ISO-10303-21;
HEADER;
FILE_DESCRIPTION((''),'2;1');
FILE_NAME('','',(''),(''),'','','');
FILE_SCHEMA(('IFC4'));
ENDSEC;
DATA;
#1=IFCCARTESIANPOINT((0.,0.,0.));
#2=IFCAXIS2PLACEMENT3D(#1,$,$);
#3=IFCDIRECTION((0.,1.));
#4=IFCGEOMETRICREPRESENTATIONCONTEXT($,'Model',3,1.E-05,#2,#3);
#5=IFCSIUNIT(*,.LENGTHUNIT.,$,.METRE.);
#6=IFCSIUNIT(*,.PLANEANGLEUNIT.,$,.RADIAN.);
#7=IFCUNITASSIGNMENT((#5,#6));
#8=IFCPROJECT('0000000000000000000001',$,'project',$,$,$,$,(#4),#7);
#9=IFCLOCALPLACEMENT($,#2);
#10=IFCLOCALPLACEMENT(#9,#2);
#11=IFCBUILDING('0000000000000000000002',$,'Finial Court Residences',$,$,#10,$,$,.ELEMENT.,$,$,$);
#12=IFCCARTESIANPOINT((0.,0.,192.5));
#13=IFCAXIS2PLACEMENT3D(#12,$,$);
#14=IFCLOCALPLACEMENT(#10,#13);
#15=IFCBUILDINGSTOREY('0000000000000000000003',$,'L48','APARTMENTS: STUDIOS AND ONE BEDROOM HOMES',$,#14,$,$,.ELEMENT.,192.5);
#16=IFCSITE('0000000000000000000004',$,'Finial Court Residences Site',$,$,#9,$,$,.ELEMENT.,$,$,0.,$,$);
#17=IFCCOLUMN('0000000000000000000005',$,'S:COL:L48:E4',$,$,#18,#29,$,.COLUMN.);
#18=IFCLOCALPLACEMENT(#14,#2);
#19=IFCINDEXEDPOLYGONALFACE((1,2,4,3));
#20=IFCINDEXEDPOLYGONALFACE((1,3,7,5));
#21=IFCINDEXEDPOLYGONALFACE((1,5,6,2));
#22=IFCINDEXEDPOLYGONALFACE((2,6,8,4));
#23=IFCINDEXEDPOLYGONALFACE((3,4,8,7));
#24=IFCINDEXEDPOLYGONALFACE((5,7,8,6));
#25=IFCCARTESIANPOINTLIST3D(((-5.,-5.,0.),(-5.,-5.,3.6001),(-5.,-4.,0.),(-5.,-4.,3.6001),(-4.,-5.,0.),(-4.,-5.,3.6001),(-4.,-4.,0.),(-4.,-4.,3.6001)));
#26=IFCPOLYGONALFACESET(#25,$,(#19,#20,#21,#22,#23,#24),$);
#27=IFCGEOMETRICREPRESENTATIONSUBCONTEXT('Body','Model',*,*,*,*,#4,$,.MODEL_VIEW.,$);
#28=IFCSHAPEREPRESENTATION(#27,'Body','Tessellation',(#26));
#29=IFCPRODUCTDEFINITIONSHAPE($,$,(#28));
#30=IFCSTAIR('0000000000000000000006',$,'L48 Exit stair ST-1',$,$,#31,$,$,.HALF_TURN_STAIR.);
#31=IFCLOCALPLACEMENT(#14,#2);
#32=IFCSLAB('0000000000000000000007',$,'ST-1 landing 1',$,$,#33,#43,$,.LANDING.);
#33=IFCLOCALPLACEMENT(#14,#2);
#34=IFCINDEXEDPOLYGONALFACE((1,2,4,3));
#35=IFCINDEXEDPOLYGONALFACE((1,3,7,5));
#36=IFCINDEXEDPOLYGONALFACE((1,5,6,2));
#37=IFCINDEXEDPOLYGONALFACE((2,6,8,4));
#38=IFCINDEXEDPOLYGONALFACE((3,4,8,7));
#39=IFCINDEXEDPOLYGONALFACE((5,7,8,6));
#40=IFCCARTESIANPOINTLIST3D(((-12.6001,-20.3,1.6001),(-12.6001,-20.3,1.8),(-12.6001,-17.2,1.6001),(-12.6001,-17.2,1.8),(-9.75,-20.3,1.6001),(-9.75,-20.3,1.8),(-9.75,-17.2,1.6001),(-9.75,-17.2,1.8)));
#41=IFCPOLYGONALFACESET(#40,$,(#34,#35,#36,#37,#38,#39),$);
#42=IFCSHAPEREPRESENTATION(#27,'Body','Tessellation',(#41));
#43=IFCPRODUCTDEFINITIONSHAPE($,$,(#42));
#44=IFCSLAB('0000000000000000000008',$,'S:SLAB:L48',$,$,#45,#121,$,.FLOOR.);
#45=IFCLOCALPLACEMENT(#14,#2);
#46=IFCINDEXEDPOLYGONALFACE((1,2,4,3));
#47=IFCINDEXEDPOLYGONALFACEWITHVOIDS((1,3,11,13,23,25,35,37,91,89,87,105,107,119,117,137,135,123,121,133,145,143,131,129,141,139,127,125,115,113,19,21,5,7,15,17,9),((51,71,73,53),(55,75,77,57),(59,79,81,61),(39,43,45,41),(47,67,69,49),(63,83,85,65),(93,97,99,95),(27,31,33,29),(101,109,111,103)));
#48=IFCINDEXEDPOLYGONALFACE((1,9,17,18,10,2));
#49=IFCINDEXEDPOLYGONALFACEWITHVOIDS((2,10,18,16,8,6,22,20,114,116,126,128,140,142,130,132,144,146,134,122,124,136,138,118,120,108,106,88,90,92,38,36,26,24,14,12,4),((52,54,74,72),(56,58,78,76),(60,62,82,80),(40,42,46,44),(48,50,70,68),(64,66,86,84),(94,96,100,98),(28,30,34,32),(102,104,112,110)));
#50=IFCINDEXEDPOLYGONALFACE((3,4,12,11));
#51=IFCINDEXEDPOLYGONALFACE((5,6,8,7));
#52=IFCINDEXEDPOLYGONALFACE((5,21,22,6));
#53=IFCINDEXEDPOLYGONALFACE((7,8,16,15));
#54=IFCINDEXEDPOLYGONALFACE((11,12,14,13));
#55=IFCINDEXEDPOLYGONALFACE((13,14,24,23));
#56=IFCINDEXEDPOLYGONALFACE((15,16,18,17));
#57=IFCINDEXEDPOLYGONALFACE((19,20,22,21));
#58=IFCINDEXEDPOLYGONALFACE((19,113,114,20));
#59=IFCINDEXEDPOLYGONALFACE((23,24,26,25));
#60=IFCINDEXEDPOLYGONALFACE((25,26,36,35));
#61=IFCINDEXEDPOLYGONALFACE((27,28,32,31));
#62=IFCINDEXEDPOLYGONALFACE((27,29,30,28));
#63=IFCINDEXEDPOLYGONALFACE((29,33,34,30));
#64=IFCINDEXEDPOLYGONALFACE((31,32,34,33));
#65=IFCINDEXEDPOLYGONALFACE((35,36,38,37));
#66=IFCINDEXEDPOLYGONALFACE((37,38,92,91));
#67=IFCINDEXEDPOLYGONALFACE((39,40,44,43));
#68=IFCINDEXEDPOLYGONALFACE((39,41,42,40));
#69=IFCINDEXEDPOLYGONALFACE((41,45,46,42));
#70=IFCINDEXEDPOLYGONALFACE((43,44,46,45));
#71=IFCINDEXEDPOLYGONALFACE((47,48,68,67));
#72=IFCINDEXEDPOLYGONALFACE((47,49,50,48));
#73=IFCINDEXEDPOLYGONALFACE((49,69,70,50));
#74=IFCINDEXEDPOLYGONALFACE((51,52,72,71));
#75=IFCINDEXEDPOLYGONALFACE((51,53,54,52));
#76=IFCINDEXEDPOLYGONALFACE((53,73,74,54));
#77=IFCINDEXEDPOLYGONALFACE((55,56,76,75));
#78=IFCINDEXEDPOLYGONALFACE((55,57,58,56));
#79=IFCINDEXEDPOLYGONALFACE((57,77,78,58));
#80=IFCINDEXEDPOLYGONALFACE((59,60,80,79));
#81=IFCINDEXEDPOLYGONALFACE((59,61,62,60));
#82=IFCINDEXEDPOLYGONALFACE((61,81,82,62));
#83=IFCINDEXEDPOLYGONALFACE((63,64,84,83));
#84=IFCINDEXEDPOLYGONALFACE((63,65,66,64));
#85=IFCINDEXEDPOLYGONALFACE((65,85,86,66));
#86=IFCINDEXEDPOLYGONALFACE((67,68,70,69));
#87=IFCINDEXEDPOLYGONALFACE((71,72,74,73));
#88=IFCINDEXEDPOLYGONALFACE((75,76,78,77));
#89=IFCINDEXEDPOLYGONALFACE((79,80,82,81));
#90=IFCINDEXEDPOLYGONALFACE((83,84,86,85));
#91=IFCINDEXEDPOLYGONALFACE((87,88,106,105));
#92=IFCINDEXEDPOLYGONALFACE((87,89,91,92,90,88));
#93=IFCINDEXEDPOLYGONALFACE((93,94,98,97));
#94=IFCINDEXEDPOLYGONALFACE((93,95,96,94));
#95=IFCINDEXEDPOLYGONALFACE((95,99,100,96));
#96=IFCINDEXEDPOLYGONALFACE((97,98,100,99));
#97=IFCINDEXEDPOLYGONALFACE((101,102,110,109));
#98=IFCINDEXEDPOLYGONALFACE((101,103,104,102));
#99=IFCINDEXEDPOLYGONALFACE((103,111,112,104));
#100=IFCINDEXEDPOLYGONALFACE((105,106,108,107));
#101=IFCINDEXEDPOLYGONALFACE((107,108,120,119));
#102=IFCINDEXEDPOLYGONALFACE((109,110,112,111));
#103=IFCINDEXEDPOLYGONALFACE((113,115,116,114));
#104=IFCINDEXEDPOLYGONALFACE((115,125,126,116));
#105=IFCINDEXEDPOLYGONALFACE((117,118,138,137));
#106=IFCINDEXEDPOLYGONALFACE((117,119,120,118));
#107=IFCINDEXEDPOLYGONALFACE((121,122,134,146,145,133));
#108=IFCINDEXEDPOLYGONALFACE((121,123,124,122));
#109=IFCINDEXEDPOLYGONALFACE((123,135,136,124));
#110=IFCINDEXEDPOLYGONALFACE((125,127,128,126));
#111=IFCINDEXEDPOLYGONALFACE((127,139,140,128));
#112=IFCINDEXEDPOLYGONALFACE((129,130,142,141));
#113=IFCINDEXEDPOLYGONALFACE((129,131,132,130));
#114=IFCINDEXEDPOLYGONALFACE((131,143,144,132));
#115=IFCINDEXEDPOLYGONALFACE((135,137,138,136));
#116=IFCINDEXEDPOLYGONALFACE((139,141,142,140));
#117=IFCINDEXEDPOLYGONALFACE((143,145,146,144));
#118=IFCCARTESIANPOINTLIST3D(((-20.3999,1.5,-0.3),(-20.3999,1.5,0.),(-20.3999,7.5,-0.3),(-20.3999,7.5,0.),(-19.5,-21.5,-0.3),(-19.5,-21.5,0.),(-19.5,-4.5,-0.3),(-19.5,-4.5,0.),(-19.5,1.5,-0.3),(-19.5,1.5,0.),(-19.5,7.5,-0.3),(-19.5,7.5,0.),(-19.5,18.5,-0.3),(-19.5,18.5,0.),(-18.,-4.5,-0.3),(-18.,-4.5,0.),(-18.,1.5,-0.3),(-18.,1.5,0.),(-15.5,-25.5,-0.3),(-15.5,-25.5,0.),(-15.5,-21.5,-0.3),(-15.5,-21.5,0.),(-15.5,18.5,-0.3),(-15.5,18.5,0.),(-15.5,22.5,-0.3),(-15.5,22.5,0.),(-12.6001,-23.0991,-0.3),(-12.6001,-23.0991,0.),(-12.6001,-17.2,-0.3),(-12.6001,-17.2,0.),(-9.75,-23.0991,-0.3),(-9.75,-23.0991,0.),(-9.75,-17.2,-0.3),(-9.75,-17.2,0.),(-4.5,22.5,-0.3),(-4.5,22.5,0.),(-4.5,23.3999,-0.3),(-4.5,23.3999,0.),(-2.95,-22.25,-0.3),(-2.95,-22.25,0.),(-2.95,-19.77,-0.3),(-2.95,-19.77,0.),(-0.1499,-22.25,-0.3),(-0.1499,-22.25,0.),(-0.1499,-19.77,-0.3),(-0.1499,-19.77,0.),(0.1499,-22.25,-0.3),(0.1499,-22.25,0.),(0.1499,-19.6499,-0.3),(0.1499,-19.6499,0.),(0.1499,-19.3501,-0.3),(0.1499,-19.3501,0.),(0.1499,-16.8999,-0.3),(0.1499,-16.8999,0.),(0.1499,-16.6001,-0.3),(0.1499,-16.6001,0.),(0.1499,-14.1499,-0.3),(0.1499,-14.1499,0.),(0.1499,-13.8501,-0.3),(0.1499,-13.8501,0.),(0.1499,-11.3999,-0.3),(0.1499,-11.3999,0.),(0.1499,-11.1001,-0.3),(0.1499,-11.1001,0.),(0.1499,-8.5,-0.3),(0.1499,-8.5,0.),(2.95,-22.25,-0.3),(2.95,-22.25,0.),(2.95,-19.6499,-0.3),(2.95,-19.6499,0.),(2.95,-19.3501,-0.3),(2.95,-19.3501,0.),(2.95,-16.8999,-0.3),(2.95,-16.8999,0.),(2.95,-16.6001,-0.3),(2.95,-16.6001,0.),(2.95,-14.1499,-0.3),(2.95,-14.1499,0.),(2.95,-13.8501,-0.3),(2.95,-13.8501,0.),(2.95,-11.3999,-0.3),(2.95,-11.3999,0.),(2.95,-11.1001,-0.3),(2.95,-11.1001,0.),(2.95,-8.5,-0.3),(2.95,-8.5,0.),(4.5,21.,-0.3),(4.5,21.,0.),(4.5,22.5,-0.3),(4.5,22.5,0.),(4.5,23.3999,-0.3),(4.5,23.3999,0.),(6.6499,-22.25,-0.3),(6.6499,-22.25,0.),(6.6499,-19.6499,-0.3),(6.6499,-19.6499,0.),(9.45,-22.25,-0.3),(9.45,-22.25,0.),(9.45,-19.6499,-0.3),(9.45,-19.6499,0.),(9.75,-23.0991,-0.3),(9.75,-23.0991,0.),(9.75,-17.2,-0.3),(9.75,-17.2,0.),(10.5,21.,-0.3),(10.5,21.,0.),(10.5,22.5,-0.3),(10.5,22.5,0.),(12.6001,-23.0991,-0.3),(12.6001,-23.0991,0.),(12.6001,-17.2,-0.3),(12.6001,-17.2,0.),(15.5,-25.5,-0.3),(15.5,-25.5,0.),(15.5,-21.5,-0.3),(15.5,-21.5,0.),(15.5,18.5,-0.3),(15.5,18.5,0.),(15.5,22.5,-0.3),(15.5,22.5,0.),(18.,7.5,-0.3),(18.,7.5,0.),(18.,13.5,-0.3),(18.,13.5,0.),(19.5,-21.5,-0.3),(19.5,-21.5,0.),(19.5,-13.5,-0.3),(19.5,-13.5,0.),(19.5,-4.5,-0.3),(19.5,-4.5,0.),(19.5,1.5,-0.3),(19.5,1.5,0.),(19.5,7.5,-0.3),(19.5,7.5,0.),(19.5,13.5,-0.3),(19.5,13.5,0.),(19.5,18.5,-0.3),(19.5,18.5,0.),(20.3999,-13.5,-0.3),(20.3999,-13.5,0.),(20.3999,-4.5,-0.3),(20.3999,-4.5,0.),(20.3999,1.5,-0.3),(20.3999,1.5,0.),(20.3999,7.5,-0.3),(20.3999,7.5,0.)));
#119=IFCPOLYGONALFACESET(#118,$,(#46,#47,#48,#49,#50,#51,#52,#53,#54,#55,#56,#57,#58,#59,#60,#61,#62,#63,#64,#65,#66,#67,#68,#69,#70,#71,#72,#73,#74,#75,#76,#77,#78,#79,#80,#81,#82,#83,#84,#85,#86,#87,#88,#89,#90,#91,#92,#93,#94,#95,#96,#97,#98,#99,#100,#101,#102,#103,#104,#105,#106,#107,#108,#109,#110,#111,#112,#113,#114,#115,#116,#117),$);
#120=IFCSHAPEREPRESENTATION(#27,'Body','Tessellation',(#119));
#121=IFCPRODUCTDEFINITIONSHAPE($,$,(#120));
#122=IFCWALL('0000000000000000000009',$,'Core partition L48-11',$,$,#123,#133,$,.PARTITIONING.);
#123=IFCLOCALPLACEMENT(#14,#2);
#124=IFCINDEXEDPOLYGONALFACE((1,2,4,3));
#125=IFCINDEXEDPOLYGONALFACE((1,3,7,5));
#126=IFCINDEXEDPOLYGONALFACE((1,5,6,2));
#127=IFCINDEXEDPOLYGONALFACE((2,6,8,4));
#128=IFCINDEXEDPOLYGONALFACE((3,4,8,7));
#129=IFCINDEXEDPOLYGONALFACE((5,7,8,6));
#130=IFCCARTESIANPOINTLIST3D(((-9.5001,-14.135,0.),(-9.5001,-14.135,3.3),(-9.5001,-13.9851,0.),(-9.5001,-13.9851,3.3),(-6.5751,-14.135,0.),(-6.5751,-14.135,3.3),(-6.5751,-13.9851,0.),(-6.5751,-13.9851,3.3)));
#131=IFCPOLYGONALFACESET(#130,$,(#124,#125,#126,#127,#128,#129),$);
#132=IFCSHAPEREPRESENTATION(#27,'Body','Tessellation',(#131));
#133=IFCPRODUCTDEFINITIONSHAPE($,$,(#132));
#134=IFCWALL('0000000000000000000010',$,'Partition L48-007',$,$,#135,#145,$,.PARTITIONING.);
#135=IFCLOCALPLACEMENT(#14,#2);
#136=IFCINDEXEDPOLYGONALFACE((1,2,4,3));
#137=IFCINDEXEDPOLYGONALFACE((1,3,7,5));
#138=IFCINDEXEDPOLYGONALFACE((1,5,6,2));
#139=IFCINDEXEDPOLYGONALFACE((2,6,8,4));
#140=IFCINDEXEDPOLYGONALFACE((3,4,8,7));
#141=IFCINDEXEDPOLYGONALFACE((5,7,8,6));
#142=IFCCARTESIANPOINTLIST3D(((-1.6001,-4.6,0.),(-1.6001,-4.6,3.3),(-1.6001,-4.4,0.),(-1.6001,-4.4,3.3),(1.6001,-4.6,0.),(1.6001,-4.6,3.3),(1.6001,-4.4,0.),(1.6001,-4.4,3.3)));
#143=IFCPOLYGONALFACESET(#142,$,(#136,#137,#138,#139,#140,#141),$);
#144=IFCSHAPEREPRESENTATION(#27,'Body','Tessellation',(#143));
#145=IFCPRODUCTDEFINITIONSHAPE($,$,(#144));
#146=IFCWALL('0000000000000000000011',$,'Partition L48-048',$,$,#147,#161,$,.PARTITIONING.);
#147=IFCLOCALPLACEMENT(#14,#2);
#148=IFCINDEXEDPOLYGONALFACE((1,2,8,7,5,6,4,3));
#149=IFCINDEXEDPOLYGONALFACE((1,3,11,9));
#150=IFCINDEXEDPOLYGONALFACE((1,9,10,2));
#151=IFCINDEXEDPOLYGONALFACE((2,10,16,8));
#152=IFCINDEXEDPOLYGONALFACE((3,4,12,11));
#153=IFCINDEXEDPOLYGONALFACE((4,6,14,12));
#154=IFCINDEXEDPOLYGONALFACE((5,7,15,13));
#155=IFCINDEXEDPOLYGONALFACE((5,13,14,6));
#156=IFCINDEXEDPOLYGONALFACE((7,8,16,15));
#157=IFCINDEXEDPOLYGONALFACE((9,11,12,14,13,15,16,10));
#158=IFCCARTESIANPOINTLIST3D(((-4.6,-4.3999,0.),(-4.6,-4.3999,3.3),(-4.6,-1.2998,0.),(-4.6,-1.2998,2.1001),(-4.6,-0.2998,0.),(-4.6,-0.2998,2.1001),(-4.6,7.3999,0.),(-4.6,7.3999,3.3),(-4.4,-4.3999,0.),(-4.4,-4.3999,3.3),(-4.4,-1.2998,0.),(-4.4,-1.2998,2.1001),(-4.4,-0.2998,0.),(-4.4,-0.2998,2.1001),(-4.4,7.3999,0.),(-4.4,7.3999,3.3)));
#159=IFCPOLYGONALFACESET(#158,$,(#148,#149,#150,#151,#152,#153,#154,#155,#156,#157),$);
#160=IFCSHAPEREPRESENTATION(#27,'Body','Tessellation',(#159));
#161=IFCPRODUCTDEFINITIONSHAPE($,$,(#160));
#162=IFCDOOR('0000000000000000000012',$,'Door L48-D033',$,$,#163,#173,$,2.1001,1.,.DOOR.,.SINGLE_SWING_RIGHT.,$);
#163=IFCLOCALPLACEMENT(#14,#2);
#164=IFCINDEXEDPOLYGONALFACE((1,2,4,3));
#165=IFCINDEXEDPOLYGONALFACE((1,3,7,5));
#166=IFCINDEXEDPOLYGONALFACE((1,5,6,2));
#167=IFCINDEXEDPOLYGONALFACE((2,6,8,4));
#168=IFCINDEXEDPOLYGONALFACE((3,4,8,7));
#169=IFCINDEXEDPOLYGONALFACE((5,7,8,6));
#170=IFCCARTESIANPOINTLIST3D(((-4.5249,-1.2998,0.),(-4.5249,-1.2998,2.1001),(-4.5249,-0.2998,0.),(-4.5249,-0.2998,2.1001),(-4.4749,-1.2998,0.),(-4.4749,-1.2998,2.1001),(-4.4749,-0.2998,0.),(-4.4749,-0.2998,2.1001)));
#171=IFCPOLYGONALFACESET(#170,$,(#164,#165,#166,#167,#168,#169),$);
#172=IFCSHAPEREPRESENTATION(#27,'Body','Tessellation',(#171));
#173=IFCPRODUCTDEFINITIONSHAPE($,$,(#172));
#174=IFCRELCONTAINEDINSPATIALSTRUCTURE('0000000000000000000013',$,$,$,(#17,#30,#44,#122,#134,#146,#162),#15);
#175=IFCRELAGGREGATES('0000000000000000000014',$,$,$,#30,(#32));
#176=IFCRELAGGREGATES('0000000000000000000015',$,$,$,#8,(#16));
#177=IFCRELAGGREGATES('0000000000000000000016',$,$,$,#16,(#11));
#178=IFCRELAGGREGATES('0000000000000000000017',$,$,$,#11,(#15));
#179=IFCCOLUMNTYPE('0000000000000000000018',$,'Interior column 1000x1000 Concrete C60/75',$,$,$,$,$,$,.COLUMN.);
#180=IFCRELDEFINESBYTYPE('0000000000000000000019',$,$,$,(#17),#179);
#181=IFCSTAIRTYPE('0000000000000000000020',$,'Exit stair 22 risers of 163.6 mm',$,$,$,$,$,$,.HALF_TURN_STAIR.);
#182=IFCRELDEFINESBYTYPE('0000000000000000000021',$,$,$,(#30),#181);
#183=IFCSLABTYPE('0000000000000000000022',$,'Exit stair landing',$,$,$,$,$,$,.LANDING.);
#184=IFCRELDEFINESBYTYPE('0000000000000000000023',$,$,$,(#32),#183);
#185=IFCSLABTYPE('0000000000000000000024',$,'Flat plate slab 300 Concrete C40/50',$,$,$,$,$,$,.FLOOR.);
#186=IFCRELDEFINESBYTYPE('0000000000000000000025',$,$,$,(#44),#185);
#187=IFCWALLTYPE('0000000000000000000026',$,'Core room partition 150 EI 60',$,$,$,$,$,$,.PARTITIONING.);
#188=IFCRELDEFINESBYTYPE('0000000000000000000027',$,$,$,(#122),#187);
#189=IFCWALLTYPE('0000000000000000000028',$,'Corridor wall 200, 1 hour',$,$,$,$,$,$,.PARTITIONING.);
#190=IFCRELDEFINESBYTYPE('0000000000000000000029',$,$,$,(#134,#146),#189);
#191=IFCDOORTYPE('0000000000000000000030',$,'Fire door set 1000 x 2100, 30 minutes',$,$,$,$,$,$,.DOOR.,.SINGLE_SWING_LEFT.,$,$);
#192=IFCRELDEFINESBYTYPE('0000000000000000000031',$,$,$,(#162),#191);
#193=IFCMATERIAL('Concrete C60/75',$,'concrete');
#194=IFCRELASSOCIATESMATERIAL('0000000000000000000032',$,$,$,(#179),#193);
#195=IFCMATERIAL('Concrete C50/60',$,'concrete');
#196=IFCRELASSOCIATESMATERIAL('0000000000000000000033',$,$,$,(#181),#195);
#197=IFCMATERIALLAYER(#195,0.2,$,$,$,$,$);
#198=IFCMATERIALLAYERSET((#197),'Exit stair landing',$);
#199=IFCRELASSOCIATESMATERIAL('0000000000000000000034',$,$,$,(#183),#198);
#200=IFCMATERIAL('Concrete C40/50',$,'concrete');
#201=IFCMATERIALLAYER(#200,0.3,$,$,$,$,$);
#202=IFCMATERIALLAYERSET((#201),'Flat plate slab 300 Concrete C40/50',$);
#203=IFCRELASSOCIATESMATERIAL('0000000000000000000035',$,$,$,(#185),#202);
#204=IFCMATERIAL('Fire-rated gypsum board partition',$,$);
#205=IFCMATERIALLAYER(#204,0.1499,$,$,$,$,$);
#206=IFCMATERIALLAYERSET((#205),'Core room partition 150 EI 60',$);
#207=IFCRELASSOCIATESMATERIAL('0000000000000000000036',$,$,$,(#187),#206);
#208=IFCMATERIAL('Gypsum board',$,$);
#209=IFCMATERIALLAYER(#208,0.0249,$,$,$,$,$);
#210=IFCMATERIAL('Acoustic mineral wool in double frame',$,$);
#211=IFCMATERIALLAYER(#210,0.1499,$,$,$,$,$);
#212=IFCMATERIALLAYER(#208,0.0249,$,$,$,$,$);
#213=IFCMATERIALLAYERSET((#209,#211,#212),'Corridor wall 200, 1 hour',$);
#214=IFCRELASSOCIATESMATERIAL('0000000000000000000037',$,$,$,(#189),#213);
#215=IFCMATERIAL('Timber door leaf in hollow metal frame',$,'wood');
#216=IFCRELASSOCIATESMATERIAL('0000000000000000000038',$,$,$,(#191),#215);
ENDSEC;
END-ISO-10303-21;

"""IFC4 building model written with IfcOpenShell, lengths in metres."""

from ifc_helpers import new_model, si_unit, direction, frame, frame_2d, origin, origin_2d, place, context, subcontext, project, spatial, polyline, rectangle, outline, extrude, material, layer, layer_set, material_profile, profile_set, type_object, element, fill, aggregate, save


model = new_model("IFC4")

# Units and contexts
model_context = context("Model", 3, precision=1e-05, world=origin(), true_north=direction((0.0, 1.0)))
body_context = subcontext(model_context, "Body", "Model", "MODEL_VIEW")
ifc_project = project(units=[si_unit("LENGTHUNIT", "METRE"), si_unit("PLANEANGLEUNIT", "RADIAN")], contexts=[model_context])

# Site, building, storey
site_placement = place(None, origin())
site = spatial("IfcSite", under=ifc_project, at=site_placement, Name="Finial Court Residences Site", CompositionType="ELEMENT", RefElevation=0.0)
building_placement = place(site_placement, origin())
building = spatial("IfcBuilding", under=site, at=building_placement, Name="Finial Court Residences", CompositionType="ELEMENT")
storey_placement = place(building_placement, frame((0.0, 0.0, 192.5)))
storey = spatial("IfcBuildingStorey", under=building, at=storey_placement, Name="L48", Description="APARTMENTS: STUDIOS AND ONE BEDROOM HOMES", CompositionType="ELEMENT", Elevation=192.5)

# Column
ifc_material_1 = material(Name="Concrete C60/75", Category="concrete")
ifc_material_profile = material_profile(ifc_material_1, rectangle(XDim=1.0, YDim=1.0, at=origin_2d()), Name="1000x1000")
ifc_profile_set = profile_set([ifc_material_profile], Name="Concrete C60/75")
column_type = type_object("IfcColumnType", Name="Interior column 1000x1000 Concrete C60/75", PredefinedType="COLUMN", material=ifc_profile_set)
column_placement = place(storey_placement, frame((-4.5, -4.5, 0.0), z_axis=(0.0, 0.0, 1.0), x_axis=(1.0, 0.0, 0.0)))
element("IfcColumn", 1, at=column_placement, inside=storey, type_object=column_type, Name="S:COL:L48:E4", PredefinedType="COLUMN", context=body_context, shape_type="SweptSolid", body=[
    extrude(rectangle(XDim=1.0, YDim=1.0, at=origin_2d()), origin(), (0.0, 0.0, 1.0), 3.6001),
])

# Stair, slab
ifc_material_2 = material(Name="Concrete C50/60", Category="concrete")
stair_type = type_object("IfcStairType", Name="Exit stair 22 risers of 163.6 mm", PredefinedType="HALF_TURN_STAIR", material=ifc_material_2)
stair_placement = place(storey_placement, origin())
stair = element("IfcStair", 2, at=stair_placement, inside=storey, type_object=stair_type, Name="L48 Exit stair ST-1", PredefinedType="HALF_TURN_STAIR")
ifc_layer_1 = layer(ifc_material_2, 0.2)
ifc_layer_set_1 = layer_set([ifc_layer_1], Name="Exit stair landing")
slab_type_1 = type_object("IfcSlabType", Name="Exit stair landing", PredefinedType="LANDING", material=ifc_layer_set_1)
slab_1_placement = place(storey_placement, frame((0.0, 0.0, 1.6001)))
slab_1 = element("IfcSlab", 3, at=slab_1_placement, type_object=slab_type_1, Name="ST-1 landing 1", PredefinedType="LANDING", context=body_context, shape_type="SweptSolid", body=[
    extrude(outline(polyline([(-9.75, -20.3), (-9.75, -17.2), (-12.6001, -17.2), (-12.6001, -20.3), (-9.75, -20.3)])), origin(), (0.0, 0.0, 1.0), 0.2),
])
aggregate(stair, [slab_1])

# Slab
ifc_material_3 = material(Name="Concrete C40/50", Category="concrete")
ifc_layer_2 = layer(ifc_material_3, 0.3)
ifc_layer_set_2 = layer_set([ifc_layer_2], Name="Flat plate slab 300 Concrete C40/50")
slab_type_2 = type_object("IfcSlabType", Name="Flat plate slab 300 Concrete C40/50", PredefinedType="FLOOR", material=ifc_layer_set_2)
slab_2_placement = place(storey_placement, frame((0.0, 0.0, -0.3)))
element("IfcSlab", 4, at=slab_2_placement, inside=storey, type_object=slab_type_2, Name="S:SLAB:L48", PredefinedType="FLOOR", context=body_context, shape_type="SweptSolid", body=[
    extrude(outline(polyline([(19.5, -21.5), (15.5, -21.5), (15.5, -25.5), (-15.5, -25.5), (-15.5, -21.5), (-19.5, -21.5), (-19.5, -4.5), (-18.0, -4.5), (-18.0, 1.5), (-19.5, 1.5), (-20.3999, 1.5), (-20.3999, 7.5), (-19.5, 7.5), (-19.5, 18.5), (-15.5, 18.5), (-15.5, 22.5), (-4.5, 22.5), (-4.5, 23.3999), (4.5, 23.3999), (4.5, 22.5), (4.5, 21.0), (10.5, 21.0), (10.5, 22.5), (15.5, 22.5), (15.5, 18.5), (19.5, 18.5), (19.5, 13.5), (18.0, 13.5), (18.0, 7.5), (19.5, 7.5), (20.3999, 7.5), (20.3999, 1.5), (19.5, 1.5), (19.5, -4.5), (20.3999, -4.5), (20.3999, -13.5), (19.5, -13.5), (19.5, -21.5)]), holes=[polyline([(-0.1499, -19.77), (-2.95, -19.77), (-2.95, -22.25), (-0.1499, -22.25), (-0.1499, -19.77)]), polyline([(2.95, -19.6499), (0.1499, -19.6499), (0.1499, -22.25), (2.95, -22.25), (2.95, -19.6499)]), polyline([(9.45, -19.6499), (6.6499, -19.6499), (6.6499, -22.25), (9.45, -22.25), (9.45, -19.6499)]), polyline([(-12.6001, -17.2), (-12.6001, -23.0991), (-9.75, -23.0991), (-9.75, -17.2), (-12.6001, -17.2)]), polyline([(9.75, -17.2), (9.75, -23.0991), (12.6001, -23.0991), (12.6001, -17.2), (9.75, -17.2)]), polyline([(2.95, -16.8999), (0.1499, -16.8999), (0.1499, -19.3501), (2.95, -19.3501), (2.95, -16.8999)]), polyline([(2.95, -14.1499), (0.1499, -14.1499), (0.1499, -16.6001), (2.95, -16.6001), (2.95, -14.1499)]), polyline([(2.95, -13.8501), (2.95, -11.3999), (0.1499, -11.3999), (0.1499, -13.8501), (2.95, -13.8501)]), polyline([(2.95, -11.1001), (2.95, -8.5), (0.1499, -8.5), (0.1499, -11.1001), (2.95, -11.1001)])]), origin(), (0.0, 0.0, 1.0), 0.3),
])

# Walls
ifc_material_4 = material(Name="Fire-rated gypsum board partition")
ifc_layer_3 = layer(ifc_material_4, 0.1499)
ifc_layer_set_3 = layer_set([ifc_layer_3], Name="Core room partition 150 EI 60")
wall_type_1 = type_object("IfcWallType", Name="Core room partition 150 EI 60", PredefinedType="PARTITIONING", material=ifc_layer_set_3)
wall_1_placement = place(storey_placement, frame((-9.5, -14.0601, 0.0), z_axis=(0.0, 0.0, 1.0), x_axis=(1.0, 0.0, 0.0)))
element("IfcWall", 5, at=wall_1_placement, inside=storey, type_object=wall_type_1, Name="Core partition L48-11", PredefinedType="PARTITIONING", context=body_context, shape_type="SweptSolid", body=[
    extrude(rectangle(XDim=2.925, YDim=0.1499, at=frame_2d((1.4624, 0.0))), origin(), (0.0, 0.0, 1.0), 3.3),
])
ifc_material_5 = material(Name="Gypsum board")
ifc_layer_4 = layer(ifc_material_5, 0.0249)
ifc_material_6 = material(Name="Acoustic mineral wool in double frame")
ifc_layer_5 = layer(ifc_material_6, 0.1499)
ifc_layer_6 = layer(ifc_material_5, 0.0249)
ifc_layer_set_4 = layer_set([ifc_layer_4, ifc_layer_5, ifc_layer_6], Name="Corridor wall 200, 1 hour")
wall_type_2 = type_object("IfcWallType", Name="Corridor wall 200, 1 hour", PredefinedType="PARTITIONING", material=ifc_layer_set_4)
wall_2_placement = place(storey_placement, frame((-1.6001, -4.5, 0.0), z_axis=(0.0, 0.0, 1.0), x_axis=(1.0, 0.0, 0.0)))
element("IfcWall", 6, at=wall_2_placement, inside=storey, type_object=wall_type_2, Name="Partition L48-007", PredefinedType="PARTITIONING", context=body_context, shape_type="SweptSolid", body=[
    extrude(rectangle(XDim=3.2002, YDim=0.2, at=frame_2d((1.6001, 0.0))), origin(), (0.0, 0.0, 1.0), 3.3),
])

# Wall, opening, door
wall_3_placement = place(storey_placement, frame((-4.5, -4.3999, 0.0), z_axis=(0.0, 0.0, 1.0), x_axis=(0.0, 1.0, 0.0)))
wall_3 = element("IfcWall", 7, at=wall_3_placement, inside=storey, type_object=wall_type_2, Name="Partition L48-048", PredefinedType="PARTITIONING", context=body_context, shape_type="SweptSolid", body=[
    extrude(rectangle(XDim=11.7998, YDim=0.2, at=frame_2d((5.8999, 0.0))), origin(), (0.0, 0.0, 1.0), 3.3),
])
opening_1_placement = place(wall_3_placement, frame((3.1001, 0.0, 0.0)))
opening_1 = element("IfcOpeningElement", 8, at=opening_1_placement, cuts=wall_3, PredefinedType="OPENING", context=body_context, shape_type="SweptSolid", body=[
    extrude(rectangle(XDim=1.0, YDim=2.1001, at=frame_2d((0.5, 1.05))), frame((0.0, 0.1099, 0.0), z_axis=(0.0, -1.0, 0.0), x_axis=(1.0, 0.0, 0.0)), (0.0, 0.0, 1.0), 0.22),
])
ifc_material_7 = material(Name="Timber door leaf in hollow metal frame", Category="wood")
door_type_1 = type_object("IfcDoorType", Name="Fire door set 1000 x 2100, 30 minutes", OperationType="SINGLE_SWING_LEFT", PredefinedType="DOOR", material=ifc_material_7)
door_1_placement = place(opening_1_placement, origin())
door_1 = element("IfcDoor", 9, at=door_1_placement, inside=storey, type_object=door_type_1, Name="Door L48-D033", OperationType="SINGLE_SWING_RIGHT", OverallHeight=2.1001, OverallWidth=1.0, PredefinedType="DOOR", context=body_context, shape_type="SweptSolid", body=[
    extrude(rectangle(XDim=1.0, YDim=2.1001, at=frame_2d((0.5, 1.05))), frame((0.0, 0.0249, 0.0), z_axis=(0.0, -1.0, 0.0), x_axis=(1.0, 0.0, 0.0)), (0.0, 0.0, 1.0), 0.05),
])
fill(opening_1, door_1)

save(model, "model.ifc")
